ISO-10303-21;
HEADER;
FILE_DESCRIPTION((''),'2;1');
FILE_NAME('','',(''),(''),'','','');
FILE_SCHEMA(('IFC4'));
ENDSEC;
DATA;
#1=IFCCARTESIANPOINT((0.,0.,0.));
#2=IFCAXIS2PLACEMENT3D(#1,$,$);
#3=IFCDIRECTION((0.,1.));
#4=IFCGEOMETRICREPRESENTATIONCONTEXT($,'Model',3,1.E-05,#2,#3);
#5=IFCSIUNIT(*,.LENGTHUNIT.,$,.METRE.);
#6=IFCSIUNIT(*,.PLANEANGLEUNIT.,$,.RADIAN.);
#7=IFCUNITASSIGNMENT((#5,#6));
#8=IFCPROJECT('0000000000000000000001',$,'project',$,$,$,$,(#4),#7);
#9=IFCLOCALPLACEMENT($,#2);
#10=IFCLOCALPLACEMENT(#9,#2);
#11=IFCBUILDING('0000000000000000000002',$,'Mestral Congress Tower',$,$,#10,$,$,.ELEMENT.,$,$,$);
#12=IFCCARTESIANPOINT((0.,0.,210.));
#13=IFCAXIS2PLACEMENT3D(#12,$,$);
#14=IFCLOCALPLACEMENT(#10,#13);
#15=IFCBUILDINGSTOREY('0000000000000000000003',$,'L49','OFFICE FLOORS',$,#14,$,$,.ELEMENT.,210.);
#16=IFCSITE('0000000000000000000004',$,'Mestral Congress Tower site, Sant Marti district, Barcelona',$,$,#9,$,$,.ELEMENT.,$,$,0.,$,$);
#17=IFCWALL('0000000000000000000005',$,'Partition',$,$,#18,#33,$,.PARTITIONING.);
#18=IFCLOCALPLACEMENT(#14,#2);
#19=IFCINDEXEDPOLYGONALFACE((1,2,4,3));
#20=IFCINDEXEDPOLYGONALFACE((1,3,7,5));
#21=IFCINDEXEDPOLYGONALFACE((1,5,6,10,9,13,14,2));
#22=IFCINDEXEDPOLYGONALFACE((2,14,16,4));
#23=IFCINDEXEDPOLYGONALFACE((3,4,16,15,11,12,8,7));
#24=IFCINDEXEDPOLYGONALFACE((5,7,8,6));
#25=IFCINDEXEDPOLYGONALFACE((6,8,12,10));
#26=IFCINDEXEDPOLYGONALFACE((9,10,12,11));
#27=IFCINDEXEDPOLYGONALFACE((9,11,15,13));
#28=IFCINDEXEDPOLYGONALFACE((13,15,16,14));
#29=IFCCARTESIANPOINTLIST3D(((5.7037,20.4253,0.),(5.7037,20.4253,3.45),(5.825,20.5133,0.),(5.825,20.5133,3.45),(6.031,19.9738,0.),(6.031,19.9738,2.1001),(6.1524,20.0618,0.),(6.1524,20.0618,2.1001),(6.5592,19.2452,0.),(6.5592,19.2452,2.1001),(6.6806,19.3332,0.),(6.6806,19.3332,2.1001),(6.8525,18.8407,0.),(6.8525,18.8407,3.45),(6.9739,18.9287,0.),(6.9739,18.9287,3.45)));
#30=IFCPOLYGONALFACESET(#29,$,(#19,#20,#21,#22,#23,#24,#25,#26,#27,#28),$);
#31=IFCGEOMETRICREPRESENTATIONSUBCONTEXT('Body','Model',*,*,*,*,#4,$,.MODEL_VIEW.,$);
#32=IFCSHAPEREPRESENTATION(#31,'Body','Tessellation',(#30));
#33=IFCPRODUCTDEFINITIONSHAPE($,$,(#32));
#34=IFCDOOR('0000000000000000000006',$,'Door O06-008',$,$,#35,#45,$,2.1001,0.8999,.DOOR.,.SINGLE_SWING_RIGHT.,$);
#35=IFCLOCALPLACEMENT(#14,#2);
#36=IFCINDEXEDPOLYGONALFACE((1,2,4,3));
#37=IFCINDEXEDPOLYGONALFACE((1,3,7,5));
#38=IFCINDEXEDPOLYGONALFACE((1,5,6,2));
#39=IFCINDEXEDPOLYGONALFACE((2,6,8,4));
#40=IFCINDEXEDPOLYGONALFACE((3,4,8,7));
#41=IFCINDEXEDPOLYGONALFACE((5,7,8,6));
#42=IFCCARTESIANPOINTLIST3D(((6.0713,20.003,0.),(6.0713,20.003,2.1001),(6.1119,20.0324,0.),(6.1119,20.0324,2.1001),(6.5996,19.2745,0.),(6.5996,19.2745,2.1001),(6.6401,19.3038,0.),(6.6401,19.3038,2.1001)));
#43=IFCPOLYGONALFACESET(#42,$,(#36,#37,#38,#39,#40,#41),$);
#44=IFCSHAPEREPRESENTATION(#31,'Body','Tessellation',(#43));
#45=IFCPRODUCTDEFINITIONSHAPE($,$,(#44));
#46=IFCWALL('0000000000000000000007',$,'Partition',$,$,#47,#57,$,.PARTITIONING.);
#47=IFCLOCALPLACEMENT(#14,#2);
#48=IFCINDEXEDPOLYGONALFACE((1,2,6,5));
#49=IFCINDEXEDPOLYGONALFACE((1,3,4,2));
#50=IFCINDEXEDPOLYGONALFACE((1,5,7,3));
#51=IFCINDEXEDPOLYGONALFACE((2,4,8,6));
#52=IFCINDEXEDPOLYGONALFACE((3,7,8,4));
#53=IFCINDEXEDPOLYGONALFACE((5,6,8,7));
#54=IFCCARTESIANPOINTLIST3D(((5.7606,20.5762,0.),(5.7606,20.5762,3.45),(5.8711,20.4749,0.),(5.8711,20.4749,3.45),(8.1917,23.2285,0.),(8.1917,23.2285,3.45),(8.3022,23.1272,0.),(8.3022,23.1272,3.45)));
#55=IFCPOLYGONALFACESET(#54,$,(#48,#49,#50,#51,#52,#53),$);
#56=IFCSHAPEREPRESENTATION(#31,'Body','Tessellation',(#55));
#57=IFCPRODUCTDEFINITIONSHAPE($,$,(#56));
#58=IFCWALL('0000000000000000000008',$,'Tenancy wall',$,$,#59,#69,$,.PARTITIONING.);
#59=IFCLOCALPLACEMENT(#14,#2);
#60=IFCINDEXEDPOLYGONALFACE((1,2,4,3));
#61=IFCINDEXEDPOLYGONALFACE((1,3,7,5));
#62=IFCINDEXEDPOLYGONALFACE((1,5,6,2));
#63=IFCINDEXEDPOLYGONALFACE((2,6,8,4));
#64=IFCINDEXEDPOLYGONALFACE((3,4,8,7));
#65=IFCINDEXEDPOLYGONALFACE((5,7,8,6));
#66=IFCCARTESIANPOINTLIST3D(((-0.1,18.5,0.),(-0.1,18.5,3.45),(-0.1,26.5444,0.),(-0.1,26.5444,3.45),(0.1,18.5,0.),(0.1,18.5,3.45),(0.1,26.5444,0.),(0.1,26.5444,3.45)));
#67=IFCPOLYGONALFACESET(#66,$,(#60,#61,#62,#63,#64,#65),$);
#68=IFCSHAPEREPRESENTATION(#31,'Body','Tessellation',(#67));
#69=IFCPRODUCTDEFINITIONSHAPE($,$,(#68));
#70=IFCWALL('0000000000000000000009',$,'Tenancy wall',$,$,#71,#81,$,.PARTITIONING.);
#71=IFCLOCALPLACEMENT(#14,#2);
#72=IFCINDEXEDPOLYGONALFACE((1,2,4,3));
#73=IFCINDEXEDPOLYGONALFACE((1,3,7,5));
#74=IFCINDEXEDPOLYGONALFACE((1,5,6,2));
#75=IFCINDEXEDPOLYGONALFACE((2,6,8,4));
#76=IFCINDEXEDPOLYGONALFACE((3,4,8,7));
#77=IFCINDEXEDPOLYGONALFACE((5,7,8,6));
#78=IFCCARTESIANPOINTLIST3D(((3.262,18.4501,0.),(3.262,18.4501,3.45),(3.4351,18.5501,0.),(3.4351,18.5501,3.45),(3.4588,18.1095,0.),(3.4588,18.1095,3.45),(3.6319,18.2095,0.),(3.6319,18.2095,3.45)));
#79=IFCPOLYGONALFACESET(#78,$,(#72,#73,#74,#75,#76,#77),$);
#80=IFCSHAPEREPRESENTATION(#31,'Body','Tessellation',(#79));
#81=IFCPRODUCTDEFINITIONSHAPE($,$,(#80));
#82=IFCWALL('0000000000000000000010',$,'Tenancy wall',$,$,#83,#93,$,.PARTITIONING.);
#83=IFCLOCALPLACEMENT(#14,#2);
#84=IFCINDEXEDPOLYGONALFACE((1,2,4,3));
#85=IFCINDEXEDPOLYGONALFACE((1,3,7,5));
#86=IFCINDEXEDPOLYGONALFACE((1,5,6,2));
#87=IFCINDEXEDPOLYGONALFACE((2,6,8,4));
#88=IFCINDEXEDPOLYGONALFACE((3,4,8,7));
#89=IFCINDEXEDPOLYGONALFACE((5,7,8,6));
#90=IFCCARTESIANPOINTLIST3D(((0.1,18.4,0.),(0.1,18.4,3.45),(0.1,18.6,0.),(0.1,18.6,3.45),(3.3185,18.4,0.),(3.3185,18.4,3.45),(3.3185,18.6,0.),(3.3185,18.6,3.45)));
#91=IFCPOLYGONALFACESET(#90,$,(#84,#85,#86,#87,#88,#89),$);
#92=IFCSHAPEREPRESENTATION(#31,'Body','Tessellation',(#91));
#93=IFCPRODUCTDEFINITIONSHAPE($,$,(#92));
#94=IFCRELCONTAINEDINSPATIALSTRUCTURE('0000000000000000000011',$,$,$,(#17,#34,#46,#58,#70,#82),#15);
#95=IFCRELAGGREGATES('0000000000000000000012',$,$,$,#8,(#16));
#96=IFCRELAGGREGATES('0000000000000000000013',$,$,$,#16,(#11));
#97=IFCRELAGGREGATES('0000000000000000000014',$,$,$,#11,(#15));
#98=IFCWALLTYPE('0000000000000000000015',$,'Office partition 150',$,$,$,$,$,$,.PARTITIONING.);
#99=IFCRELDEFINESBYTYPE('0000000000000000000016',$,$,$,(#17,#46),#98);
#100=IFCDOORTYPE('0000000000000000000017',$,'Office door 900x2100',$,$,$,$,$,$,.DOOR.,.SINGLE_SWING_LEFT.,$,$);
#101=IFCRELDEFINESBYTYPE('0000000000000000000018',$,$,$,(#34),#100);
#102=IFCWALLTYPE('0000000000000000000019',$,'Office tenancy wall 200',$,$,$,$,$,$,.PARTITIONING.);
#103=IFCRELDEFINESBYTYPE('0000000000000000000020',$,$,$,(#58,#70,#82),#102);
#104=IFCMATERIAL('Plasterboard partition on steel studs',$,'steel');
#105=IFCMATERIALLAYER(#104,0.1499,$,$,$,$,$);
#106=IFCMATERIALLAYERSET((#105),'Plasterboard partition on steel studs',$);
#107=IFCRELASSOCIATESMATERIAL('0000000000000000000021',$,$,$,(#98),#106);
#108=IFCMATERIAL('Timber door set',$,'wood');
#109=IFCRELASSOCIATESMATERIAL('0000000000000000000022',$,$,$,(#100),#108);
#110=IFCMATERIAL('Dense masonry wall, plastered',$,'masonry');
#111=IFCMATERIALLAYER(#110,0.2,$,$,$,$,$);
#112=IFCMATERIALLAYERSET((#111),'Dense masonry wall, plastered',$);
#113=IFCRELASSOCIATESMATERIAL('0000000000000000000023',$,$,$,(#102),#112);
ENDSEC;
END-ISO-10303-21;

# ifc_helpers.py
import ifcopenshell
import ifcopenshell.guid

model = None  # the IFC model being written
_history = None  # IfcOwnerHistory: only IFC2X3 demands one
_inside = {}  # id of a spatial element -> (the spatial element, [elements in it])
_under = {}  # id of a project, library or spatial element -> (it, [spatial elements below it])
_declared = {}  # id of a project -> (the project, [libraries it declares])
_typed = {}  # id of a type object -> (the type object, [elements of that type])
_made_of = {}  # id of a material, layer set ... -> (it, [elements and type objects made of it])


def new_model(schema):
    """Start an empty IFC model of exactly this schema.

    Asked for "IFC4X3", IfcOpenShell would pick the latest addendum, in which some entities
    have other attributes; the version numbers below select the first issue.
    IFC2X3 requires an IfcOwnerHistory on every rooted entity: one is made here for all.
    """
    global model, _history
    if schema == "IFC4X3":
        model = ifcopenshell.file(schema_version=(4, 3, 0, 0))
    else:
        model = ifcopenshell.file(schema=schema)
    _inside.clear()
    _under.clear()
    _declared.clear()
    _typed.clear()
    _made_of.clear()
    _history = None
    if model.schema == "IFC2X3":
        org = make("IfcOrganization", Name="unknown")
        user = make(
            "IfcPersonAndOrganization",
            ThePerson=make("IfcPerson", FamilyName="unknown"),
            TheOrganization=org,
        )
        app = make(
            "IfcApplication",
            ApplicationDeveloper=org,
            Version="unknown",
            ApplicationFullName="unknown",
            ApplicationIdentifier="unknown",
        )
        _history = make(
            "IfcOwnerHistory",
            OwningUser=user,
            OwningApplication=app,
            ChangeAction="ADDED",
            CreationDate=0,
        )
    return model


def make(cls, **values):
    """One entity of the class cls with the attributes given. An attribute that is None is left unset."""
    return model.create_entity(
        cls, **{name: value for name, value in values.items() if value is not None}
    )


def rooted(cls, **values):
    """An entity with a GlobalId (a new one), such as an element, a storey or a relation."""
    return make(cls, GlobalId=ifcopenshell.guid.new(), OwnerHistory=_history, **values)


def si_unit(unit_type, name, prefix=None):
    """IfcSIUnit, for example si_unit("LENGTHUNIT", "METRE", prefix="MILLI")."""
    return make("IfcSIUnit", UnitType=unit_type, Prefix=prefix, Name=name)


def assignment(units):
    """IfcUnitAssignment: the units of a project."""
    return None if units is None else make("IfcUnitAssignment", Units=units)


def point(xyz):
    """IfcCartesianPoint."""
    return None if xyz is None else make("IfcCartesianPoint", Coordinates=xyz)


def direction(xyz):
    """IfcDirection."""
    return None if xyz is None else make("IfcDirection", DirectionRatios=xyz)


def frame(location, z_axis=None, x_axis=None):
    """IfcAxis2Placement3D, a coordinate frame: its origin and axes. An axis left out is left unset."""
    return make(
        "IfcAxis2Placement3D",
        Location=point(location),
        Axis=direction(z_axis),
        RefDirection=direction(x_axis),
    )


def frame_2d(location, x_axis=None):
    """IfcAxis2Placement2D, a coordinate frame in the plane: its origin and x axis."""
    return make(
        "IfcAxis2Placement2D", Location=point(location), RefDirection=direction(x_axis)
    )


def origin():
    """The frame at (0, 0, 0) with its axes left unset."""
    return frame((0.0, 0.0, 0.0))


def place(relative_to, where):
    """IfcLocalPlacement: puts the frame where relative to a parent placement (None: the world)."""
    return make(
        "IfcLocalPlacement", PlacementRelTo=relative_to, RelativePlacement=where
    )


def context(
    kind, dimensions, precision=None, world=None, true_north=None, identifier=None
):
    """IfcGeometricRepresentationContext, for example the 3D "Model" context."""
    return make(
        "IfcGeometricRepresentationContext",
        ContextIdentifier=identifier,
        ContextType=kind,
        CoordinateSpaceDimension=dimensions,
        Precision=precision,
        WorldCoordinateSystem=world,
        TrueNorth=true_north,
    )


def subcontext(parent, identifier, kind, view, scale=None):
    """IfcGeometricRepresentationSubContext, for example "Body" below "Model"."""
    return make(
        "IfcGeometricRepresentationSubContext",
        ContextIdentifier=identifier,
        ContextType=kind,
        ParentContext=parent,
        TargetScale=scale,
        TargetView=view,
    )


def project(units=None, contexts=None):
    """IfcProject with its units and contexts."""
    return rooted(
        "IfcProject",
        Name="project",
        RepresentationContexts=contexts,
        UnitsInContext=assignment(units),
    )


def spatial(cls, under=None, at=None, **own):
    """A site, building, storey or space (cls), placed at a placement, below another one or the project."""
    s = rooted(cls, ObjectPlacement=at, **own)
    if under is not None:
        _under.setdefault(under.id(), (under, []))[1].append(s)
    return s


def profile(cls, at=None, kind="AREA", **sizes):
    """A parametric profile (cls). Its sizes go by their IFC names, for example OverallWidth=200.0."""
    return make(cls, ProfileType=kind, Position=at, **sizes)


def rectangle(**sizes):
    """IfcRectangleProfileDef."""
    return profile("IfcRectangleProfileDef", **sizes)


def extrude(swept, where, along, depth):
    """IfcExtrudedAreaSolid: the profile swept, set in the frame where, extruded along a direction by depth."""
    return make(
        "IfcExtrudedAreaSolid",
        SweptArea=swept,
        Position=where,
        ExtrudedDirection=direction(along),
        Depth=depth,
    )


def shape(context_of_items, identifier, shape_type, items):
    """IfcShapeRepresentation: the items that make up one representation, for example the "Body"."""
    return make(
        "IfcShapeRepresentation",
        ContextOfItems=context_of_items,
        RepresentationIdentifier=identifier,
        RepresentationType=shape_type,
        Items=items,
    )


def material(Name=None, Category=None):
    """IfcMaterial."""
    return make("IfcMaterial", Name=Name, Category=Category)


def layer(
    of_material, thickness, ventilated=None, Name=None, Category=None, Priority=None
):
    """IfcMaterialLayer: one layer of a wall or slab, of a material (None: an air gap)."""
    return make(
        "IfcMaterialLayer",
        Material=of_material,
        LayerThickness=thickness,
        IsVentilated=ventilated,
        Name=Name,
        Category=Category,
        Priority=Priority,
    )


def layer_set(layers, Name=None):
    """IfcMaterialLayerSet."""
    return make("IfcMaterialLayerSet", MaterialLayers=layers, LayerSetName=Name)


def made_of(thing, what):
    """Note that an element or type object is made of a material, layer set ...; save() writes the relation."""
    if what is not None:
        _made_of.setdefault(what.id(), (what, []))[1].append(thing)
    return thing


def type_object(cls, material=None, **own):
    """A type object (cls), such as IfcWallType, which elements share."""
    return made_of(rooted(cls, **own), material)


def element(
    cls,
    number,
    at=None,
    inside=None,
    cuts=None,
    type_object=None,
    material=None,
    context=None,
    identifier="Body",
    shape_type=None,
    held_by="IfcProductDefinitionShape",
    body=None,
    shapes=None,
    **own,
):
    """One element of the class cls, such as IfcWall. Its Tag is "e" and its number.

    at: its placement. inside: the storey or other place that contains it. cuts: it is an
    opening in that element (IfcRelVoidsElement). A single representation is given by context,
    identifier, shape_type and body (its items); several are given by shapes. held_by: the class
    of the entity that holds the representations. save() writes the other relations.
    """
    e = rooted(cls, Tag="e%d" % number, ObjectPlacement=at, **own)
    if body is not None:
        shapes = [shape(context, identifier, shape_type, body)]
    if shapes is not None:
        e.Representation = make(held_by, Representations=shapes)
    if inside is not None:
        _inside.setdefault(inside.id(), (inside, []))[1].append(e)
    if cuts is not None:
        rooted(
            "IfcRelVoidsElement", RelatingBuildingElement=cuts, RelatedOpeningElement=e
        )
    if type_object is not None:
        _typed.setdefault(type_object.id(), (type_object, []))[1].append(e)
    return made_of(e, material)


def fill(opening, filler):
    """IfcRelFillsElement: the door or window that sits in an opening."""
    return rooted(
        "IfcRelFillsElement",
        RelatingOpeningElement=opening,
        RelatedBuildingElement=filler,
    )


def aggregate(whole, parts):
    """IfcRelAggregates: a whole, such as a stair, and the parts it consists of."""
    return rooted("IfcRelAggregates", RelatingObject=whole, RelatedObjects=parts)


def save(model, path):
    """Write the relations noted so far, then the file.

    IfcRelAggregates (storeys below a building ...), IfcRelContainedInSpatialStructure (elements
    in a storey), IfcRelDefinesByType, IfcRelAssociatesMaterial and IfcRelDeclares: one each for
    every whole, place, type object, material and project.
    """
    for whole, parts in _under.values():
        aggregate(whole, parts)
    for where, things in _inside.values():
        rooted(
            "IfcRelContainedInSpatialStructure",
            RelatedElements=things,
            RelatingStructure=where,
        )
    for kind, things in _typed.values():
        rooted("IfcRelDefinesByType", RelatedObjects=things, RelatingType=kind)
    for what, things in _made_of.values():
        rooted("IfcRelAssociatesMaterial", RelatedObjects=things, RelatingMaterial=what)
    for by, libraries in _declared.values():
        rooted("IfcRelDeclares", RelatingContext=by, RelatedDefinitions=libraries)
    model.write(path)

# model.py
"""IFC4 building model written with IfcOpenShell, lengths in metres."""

from ifc_helpers import new_model, si_unit, direction, frame, frame_2d, origin, place, context, subcontext, project, spatial, rectangle, extrude, material, layer, layer_set, type_object, element, fill, save


model = new_model("IFC4")

# Units and contexts
model_context = context("Model", 3, precision=1e-05, world=origin(), true_north=direction((0.0, 1.0)))
body_context = subcontext(model_context, "Body", "Model", "MODEL_VIEW")
ifc_project = project(units=[si_unit("LENGTHUNIT", "METRE"), si_unit("PLANEANGLEUNIT", "RADIAN")], contexts=[model_context])

# Site, building, storey
site_placement = place(None, origin())
site = spatial("IfcSite", under=ifc_project, at=site_placement, Name="Mestral Congress Tower site, Sant Marti district, Barcelona", CompositionType="ELEMENT", RefElevation=0.0)
building_placement = place(site_placement, origin())
building = spatial("IfcBuilding", under=site, at=building_placement, Name="Mestral Congress Tower", CompositionType="ELEMENT")
storey_placement = place(building_placement, frame((0.0, 0.0, 210.0)))
storey = spatial("IfcBuildingStorey", under=building, at=storey_placement, Name="L49", Description="OFFICE FLOORS", CompositionType="ELEMENT", Elevation=210.0)

# Shared definitions
ifc_material_1 = material(Name="Plasterboard partition on steel studs", Category="steel")
ifc_layer_1 = layer(ifc_material_1, 0.1499)
ifc_layer_set_1 = layer_set([ifc_layer_1], Name="Plasterboard partition on steel studs")
wall_type_1 = type_object("IfcWallType", Name="Office partition 150", PredefinedType="PARTITIONING", material=ifc_layer_set_1)

# Shared definitions
ifc_material_2 = material(Name="Timber door set", Category="wood")
door_type = type_object("IfcDoorType", Name="Office door 900x2100", OperationType="SINGLE_SWING_LEFT", PredefinedType="DOOR", material=ifc_material_2)

# Wall, opening, door
wall_1_placement = place(storey_placement, frame((5.7644, 20.4692, 0.0), z_axis=(0.0, 0.0, 1.0), x_axis=(0.58697, -0.809609, 0.0)))
wall_1 = element("IfcWall", 1, at=wall_1_placement, inside=storey, type_object=wall_type_1, Name="Partition", PredefinedType="PARTITIONING", context=body_context, shape_type="SweptSolid", body=[
    extrude(rectangle(XDim=1.9573, YDim=0.1499, at=frame_2d((0.9785, 0.0))), origin(), (0.0, 0.0, 1.0), 3.45),
])
opening_1_placement = place(wall_1_placement, frame((0.5576, 0.0, 0.0)))
opening_1 = element("IfcOpeningElement", 2, at=opening_1_placement, cuts=wall_1, PredefinedType="OPENING", context=body_context, shape_type="SweptSolid", body=[
    extrude(rectangle(XDim=0.8999, YDim=2.1001, at=frame_2d((0.45, 1.05))), frame((0.0, 0.085, 0.0), z_axis=(0.0, -1.0, 0.0), x_axis=(1.0, 0.0, 0.0)), (0.0, 0.0, 1.0), 0.1699),
])
door_1_placement = place(opening_1_placement, origin())
door_1 = element("IfcDoor", 3, at=door_1_placement, inside=storey, type_object=door_type, Name="Door O06-008", OperationType="SINGLE_SWING_RIGHT", OverallHeight=2.1001, OverallWidth=0.8999, PredefinedType="DOOR", context=body_context, shape_type="SweptSolid", body=[
    extrude(rectangle(XDim=0.8999, YDim=2.1001, at=frame_2d((0.45, 1.05))), frame((0.0, 0.0249, 0.0), z_axis=(0.0, -1.0, 0.0), x_axis=(1.0, 0.0, 0.0)), (0.0, 0.0, 1.0), 0.05),
])
fill(opening_1, door_1)

# Walls
wall_2_placement = place(storey_placement, frame((5.8159, 20.5256, 0.0), z_axis=(0.0, 0.0, 1.0), x_axis=(0.6757, 0.737177, 0.0)))
element("IfcWall", 4, at=wall_2_placement, inside=storey, type_object=wall_type_1, Name="Partition", PredefinedType="PARTITIONING", context=body_context, shape_type="SweptSolid", body=[
    extrude(rectangle(XDim=3.5979, YDim=0.1499, at=frame_2d((1.7988, 0.0))), origin(), (0.0, 0.0, 1.0), 3.45),
])
ifc_material_3 = material(Name="Dense masonry wall, plastered", Category="masonry")
ifc_layer_2 = layer(ifc_material_3, 0.2)
ifc_layer_set_2 = layer_set([ifc_layer_2], Name="Dense masonry wall, plastered")
wall_type_2 = type_object("IfcWallType", Name="Office tenancy wall 200", PredefinedType="PARTITIONING", material=ifc_layer_set_2)
wall_3_placement = place(storey_placement, frame((0.0, 18.5, 0.0), z_axis=(0.0, 0.0, 1.0), x_axis=(0.0, 1.0, 0.0)))
element("IfcWall", 5, at=wall_3_placement, inside=storey, type_object=wall_type_2, Name="Tenancy wall", PredefinedType="PARTITIONING", context=body_context, shape_type="SweptSolid", body=[
    extrude(rectangle(XDim=8.0444, YDim=0.2, at=frame_2d((4.0222, 0.0))), origin(), (0.0, 0.0, 1.0), 3.45),
])
wall_4_placement = place(storey_placement, frame((3.5454, 18.1594, 0.0), z_axis=(0.0, 0.0, 1.0), x_axis=(-0.500278, 0.865865, 0.0)))
element("IfcWall", 6, at=wall_4_placement, inside=storey, type_object=wall_type_2, Name="Tenancy wall", PredefinedType="PARTITIONING", context=body_context, shape_type="SweptSolid", body=[
    extrude(rectangle(XDim=0.3933, YDim=0.2, at=frame_2d((0.1968, 0.0))), origin(), (0.0, 0.0, 1.0), 3.45),
])
wall_5_placement = place(storey_placement, frame((3.3186, 18.5, 0.0), z_axis=(0.0, 0.0, 1.0), x_axis=(-1.0, 0.0, 0.0)))
element("IfcWall", 7, at=wall_5_placement, inside=storey, type_object=wall_type_2, Name="Tenancy wall", PredefinedType="PARTITIONING", context=body_context, shape_type="SweptSolid", body=[
    extrude(rectangle(XDim=3.2185, YDim=0.2, at=frame_2d((1.6094, 0.0))), origin(), (0.0, 0.0, 1.0), 3.45),
])

save(model, "model.ifc")
